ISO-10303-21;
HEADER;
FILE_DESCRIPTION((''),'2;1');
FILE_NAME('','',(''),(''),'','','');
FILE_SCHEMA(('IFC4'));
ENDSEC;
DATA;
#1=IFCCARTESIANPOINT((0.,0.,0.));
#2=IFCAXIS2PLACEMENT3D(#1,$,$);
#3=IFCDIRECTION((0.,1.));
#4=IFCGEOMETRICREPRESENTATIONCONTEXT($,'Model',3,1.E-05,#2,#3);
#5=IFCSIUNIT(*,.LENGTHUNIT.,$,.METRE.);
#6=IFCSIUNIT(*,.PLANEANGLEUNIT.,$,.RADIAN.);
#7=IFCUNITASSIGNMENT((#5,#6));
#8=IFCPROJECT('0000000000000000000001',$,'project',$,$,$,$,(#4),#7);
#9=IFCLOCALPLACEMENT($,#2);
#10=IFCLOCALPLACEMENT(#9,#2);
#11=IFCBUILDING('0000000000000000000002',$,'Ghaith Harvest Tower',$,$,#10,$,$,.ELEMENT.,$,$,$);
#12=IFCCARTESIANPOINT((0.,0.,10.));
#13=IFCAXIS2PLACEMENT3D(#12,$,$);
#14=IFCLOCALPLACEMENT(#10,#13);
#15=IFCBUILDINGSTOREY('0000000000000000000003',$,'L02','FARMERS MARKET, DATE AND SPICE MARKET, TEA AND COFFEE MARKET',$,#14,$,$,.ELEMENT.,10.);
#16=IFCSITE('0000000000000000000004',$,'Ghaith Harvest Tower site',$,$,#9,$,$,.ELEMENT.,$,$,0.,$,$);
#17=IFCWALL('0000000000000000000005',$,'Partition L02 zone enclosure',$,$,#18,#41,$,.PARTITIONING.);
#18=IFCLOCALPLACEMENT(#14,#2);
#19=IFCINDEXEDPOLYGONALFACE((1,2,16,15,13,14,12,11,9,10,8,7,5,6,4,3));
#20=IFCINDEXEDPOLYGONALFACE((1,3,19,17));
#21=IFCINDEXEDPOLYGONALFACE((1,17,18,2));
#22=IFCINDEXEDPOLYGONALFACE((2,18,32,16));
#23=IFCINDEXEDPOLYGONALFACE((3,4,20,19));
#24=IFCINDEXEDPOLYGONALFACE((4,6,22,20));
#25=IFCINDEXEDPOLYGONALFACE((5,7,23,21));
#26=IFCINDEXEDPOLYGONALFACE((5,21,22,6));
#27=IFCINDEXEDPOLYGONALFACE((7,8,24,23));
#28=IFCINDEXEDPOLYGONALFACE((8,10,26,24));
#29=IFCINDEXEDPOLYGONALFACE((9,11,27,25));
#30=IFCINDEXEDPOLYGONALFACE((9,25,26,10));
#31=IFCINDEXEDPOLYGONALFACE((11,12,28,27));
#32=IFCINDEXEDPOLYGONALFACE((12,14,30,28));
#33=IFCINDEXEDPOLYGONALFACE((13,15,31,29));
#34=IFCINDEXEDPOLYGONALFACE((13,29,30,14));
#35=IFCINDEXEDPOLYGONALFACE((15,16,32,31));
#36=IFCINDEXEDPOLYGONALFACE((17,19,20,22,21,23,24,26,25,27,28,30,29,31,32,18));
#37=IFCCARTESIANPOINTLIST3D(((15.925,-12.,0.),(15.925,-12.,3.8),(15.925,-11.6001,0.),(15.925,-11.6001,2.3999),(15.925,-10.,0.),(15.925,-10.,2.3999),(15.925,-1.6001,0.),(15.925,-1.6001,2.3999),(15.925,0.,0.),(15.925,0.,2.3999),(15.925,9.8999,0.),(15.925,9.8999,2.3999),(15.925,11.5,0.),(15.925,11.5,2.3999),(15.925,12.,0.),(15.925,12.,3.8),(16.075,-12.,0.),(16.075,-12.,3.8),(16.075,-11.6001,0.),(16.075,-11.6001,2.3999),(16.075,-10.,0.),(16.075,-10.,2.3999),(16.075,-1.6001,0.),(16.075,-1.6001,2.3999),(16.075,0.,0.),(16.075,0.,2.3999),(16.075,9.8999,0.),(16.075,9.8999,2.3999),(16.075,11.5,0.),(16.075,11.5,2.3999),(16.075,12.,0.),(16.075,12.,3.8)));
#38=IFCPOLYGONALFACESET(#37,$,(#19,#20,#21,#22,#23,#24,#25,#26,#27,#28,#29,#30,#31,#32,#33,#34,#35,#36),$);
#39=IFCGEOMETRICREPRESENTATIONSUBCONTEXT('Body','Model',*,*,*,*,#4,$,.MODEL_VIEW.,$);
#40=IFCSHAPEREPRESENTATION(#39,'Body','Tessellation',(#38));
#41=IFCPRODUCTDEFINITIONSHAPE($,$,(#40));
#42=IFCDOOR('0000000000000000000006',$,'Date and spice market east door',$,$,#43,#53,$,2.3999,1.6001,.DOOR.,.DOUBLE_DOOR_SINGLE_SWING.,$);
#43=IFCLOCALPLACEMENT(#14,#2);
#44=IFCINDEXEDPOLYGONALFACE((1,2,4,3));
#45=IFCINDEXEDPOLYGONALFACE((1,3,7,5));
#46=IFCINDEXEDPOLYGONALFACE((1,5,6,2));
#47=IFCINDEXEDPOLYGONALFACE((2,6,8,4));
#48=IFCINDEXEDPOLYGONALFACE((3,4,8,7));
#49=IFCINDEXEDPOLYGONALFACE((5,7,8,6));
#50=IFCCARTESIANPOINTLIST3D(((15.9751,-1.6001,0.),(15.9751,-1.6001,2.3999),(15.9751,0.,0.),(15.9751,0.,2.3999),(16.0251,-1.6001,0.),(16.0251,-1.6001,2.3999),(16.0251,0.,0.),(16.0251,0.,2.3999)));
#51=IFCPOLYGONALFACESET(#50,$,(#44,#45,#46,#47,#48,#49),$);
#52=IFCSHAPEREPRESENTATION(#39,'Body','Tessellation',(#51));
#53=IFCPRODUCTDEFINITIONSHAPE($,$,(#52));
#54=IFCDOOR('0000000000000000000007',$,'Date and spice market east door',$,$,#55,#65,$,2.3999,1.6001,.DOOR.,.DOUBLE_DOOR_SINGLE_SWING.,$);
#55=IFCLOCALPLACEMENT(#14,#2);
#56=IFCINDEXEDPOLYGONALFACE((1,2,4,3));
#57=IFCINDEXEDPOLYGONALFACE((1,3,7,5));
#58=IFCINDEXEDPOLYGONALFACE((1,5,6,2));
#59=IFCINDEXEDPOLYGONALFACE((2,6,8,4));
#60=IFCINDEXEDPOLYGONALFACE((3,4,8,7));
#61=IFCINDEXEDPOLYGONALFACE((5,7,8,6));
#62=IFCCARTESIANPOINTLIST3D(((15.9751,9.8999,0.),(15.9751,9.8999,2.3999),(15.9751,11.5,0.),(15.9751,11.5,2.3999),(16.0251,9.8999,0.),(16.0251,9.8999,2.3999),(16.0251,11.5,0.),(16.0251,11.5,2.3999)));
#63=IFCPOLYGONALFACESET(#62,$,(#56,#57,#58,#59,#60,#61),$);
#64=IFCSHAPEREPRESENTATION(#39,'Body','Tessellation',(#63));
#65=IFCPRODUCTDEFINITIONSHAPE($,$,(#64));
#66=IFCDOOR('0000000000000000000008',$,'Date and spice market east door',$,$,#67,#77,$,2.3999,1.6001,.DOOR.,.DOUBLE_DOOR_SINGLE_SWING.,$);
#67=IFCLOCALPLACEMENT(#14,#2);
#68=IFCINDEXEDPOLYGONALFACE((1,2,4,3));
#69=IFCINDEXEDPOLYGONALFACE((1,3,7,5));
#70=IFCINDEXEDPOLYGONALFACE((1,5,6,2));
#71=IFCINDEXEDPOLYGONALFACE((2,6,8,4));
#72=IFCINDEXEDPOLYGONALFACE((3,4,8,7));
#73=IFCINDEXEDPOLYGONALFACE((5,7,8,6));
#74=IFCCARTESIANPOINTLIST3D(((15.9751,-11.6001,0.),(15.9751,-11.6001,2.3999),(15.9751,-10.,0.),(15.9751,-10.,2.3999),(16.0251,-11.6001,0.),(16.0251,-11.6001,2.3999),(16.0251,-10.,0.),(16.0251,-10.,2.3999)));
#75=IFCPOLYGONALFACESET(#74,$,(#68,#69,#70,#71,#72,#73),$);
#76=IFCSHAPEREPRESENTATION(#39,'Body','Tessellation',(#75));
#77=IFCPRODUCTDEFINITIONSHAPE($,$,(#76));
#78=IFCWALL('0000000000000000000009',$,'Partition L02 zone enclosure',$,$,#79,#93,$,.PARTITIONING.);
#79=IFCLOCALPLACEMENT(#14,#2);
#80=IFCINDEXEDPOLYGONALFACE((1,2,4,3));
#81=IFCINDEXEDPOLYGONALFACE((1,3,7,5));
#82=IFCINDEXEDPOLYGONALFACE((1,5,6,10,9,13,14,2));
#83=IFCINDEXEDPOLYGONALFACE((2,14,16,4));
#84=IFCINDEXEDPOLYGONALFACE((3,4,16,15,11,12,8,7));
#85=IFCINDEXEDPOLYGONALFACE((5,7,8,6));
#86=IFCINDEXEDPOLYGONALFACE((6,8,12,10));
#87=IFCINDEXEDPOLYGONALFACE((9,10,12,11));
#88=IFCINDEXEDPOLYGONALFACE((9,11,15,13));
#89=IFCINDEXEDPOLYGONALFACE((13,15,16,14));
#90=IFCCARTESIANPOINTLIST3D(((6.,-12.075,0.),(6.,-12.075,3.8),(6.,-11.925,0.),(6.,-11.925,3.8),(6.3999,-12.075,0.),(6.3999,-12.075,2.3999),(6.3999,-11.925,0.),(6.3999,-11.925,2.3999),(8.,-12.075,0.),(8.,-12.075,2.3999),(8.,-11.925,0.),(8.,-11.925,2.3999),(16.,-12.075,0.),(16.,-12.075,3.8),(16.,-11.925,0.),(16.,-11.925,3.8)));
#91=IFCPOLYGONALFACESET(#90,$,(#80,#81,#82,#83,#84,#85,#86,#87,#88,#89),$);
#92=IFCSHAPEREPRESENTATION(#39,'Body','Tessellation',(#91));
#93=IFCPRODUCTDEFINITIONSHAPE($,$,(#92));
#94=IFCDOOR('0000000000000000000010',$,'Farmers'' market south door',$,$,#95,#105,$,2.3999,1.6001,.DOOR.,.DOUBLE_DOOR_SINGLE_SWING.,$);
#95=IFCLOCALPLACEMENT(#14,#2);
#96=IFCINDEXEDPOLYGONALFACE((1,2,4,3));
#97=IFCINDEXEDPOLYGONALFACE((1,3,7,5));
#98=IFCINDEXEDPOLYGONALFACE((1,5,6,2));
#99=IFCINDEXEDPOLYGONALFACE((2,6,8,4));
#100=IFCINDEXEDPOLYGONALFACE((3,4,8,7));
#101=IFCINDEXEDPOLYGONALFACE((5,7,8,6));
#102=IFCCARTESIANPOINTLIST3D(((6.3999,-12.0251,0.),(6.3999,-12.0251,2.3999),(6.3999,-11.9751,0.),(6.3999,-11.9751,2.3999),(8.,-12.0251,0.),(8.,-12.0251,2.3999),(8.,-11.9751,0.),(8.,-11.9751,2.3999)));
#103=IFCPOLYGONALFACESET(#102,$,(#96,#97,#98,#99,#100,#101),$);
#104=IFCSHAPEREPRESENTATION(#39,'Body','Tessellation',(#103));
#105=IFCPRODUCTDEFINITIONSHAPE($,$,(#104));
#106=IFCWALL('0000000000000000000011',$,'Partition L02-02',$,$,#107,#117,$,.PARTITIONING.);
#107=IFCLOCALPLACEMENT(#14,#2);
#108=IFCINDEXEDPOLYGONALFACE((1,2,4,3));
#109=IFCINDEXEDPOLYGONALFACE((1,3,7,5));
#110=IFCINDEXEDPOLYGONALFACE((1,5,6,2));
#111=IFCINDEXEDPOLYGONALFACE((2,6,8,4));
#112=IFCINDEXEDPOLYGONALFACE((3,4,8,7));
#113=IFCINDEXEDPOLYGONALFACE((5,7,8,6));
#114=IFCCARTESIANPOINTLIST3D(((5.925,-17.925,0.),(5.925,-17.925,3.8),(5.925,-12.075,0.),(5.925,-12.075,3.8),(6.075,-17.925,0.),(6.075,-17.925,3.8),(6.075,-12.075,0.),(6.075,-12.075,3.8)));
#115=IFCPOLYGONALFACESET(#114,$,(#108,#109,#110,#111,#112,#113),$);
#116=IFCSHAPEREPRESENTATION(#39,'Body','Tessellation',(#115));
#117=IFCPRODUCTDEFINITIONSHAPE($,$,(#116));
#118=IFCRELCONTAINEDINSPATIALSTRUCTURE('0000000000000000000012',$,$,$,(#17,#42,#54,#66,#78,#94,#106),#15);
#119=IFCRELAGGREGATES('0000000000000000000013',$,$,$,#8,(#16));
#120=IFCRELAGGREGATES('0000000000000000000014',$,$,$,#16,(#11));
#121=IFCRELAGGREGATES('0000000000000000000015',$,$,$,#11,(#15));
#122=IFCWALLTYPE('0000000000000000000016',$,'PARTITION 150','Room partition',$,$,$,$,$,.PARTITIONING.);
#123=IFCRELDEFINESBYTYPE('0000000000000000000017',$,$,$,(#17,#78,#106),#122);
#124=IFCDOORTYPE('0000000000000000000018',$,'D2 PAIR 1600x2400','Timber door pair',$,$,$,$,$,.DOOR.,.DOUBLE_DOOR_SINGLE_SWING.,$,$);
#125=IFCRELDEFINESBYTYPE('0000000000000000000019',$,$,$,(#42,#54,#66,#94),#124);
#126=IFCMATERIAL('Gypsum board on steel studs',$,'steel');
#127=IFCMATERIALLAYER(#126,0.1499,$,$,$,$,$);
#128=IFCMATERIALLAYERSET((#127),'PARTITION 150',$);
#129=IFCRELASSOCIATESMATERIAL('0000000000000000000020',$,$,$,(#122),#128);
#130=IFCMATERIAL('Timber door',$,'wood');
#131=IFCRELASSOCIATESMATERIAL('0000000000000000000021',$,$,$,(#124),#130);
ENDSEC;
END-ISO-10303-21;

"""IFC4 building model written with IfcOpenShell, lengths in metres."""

from ifc_helpers import new_model, si_unit, direction, frame, frame_2d, origin, place, context, subcontext, project, spatial, rectangle, extrude, material, layer, layer_set, type_object, element, fill, save


model = new_model("IFC4")

# Units and contexts
model_context = context("Model", 3, precision=1e-05, world=origin(), true_north=direction((0.0, 1.0)))
body_context = subcontext(model_context, "Body", "Model", "MODEL_VIEW")
ifc_project = project(units=[si_unit("LENGTHUNIT", "METRE"), si_unit("PLANEANGLEUNIT", "RADIAN")], contexts=[model_context])

# Site, building, storey
site_placement = place(None, origin())
site = spatial("IfcSite", under=ifc_project, at=site_placement, Name="Ghaith Harvest Tower site", CompositionType="ELEMENT", RefElevation=0.0)
building_placement = place(site_placement, origin())
building = spatial("IfcBuilding", under=site, at=building_placement, Name="Ghaith Harvest Tower", CompositionType="ELEMENT")
storey_placement = place(building_placement, frame((0.0, 0.0, 10.0)))
storey = spatial("IfcBuildingStorey", under=building, at=storey_placement, Name="L02", Description="FARMERS MARKET, DATE AND SPICE MARKET, TEA AND COFFEE MARKET", CompositionType="ELEMENT", Elevation=10.0)

# Wall, openings, doors
ifc_material_1 = material(Name="Gypsum board on steel studs", Category="steel")
ifc_layer = layer(ifc_material_1, 0.1499)
ifc_layer_set = layer_set([ifc_layer], Name="PARTITION 150")
wall_type = type_object("IfcWallType", Name="PARTITION 150", Description="Room partition", PredefinedType="PARTITIONING", material=ifc_layer_set)
wall_1_placement = place(storey_placement, frame((16.0, -12.0, 0.0), z_axis=(0.0, 0.0, 1.0), x_axis=(0.0, 1.0, 0.0)))
wall_1 = element("IfcWall", 1, at=wall_1_placement, inside=storey, type_object=wall_type, Name="Partition L02 zone enclosure", PredefinedType="PARTITIONING", context=body_context, shape_type="SweptSolid", body=[
    extrude(rectangle(XDim=24.0, YDim=0.1499, at=frame_2d((12.0, 0.0))), origin(), (0.0, 0.0, 1.0), 3.8),
])
opening_1_placement = place(wall_1_placement, frame((10.3999, 0.0, 0.0)))
opening_1 = element("IfcOpeningElement", 2, at=opening_1_placement, cuts=wall_1, PredefinedType="OPENING", context=body_context, shape_type="SweptSolid", body=[
    extrude(rectangle(XDim=1.6001, YDim=2.3999, at=frame_2d((0.8, 1.2))), frame((0.0, 0.085, 0.0), z_axis=(0.0, -1.0, 0.0), x_axis=(1.0, 0.0, 0.0)), (0.0, 0.0, 1.0), 0.1699),
])
opening_2_placement = place(wall_1_placement, frame((21.8999, 0.0, 0.0)))
opening_2 = element("IfcOpeningElement", 3, at=opening_2_placement, cuts=wall_1, PredefinedType="OPENING", context=body_context, shape_type="SweptSolid", body=[
    extrude(rectangle(XDim=1.6001, YDim=2.3999, at=frame_2d((0.8, 1.2))), frame((0.0, 0.085, 0.0), z_axis=(0.0, -1.0, 0.0), x_axis=(1.0, 0.0, 0.0)), (0.0, 0.0, 1.0), 0.1699),
])
opening_3_placement = place(wall_1_placement, frame((0.3999, 0.0, 0.0)))
opening_3 = element("IfcOpeningElement", 4, at=opening_3_placement, cuts=wall_1, PredefinedType="OPENING", context=body_context, shape_type="SweptSolid", body=[
    extrude(rectangle(XDim=1.6001, YDim=2.3999, at=frame_2d((0.8, 1.2))), frame((0.0, 0.085, 0.0), z_axis=(0.0, -1.0, 0.0), x_axis=(1.0, 0.0, 0.0)), (0.0, 0.0, 1.0), 0.1699),
])
ifc_material_2 = material(Name="Timber door", Category="wood")
door_type = type_object("IfcDoorType", Name="D2 PAIR 1600x2400", Description="Timber door pair", OperationType="DOUBLE_DOOR_SINGLE_SWING", PredefinedType="DOOR", material=ifc_material_2)
door_1_placement = place(opening_1_placement, origin())
door_1 = element("IfcDoor", 5, at=door_1_placement, inside=storey, type_object=door_type, Name="Date and spice market east door", OperationType="DOUBLE_DOOR_SINGLE_SWING", OverallHeight=2.3999, OverallWidth=1.6001, PredefinedType="DOOR", context=body_context, shape_type="SweptSolid", body=[
    extrude(rectangle(XDim=1.6001, YDim=2.3999, at=frame_2d((0.8, 1.2))), frame((0.0, 0.0249, 0.0), z_axis=(0.0, -1.0, 0.0), x_axis=(1.0, 0.0, 0.0)), (0.0, 0.0, 1.0), 0.05),
])
fill(opening_1, door_1)
door_2_placement = place(opening_2_placement, origin())
door_2 = element("IfcDoor", 6, at=door_2_placement, inside=storey, type_object=door_type, Name="Date and spice market east door", OperationType="DOUBLE_DOOR_SINGLE_SWING", OverallHeight=2.3999, OverallWidth=1.6001, PredefinedType="DOOR", context=body_context, shape_type="SweptSolid", body=[
    extrude(rectangle(XDim=1.6001, YDim=2.3999, at=frame_2d((0.8, 1.2))), frame((0.0, 0.0249, 0.0), z_axis=(0.0, -1.0, 0.0), x_axis=(1.0, 0.0, 0.0)), (0.0, 0.0, 1.0), 0.05),
])
fill(opening_2, door_2)
door_3_placement = place(opening_3_placement, origin())
door_3 = element("IfcDoor", 7, at=door_3_placement, inside=storey, type_object=door_type, Name="Date and spice market east door", OperationType="DOUBLE_DOOR_SINGLE_SWING", OverallHeight=2.3999, OverallWidth=1.6001, PredefinedType="DOOR", context=body_context, shape_type="SweptSolid", body=[
    extrude(rectangle(XDim=1.6001, YDim=2.3999, at=frame_2d((0.8, 1.2))), frame((0.0, 0.0249, 0.0), z_axis=(0.0, -1.0, 0.0), x_axis=(1.0, 0.0, 0.0)), (0.0, 0.0, 1.0), 0.05),
])
fill(opening_3, door_3)

# Wall, opening, door
wall_2_placement = place(storey_placement, frame((6.0, -12.0, 0.0), z_axis=(0.0, 0.0, 1.0), x_axis=(1.0, 0.0, 0.0)))
wall_2 = element("IfcWall", 8, at=wall_2_placement, inside=storey, type_object=wall_type, Name="Partition L02 zone enclosure", PredefinedType="PARTITIONING", context=body_context, shape_type="SweptSolid", body=[
    extrude(rectangle(XDim=10.0, YDim=0.1499, at=frame_2d((5.0, 0.0))), origin(), (0.0, 0.0, 1.0), 3.8),
])
opening_4_placement = place(wall_2_placement, frame((0.3999, 0.0, 0.0)))
opening_4 = element("IfcOpeningElement", 9, at=opening_4_placement, cuts=wall_2, PredefinedType="OPENING", context=body_context, shape_type="SweptSolid", body=[
    extrude(rectangle(XDim=1.6001, YDim=2.3999, at=frame_2d((0.8, 1.2))), frame((0.0, 0.085, 0.0), z_axis=(0.0, -1.0, 0.0), x_axis=(1.0, 0.0, 0.0)), (0.0, 0.0, 1.0), 0.1699),
])
door_4_placement = place(opening_4_placement, origin())
door_4 = element("IfcDoor", 10, at=door_4_placement, inside=storey, type_object=door_type, Name="Farmers' market south door", OperationType="DOUBLE_DOOR_SINGLE_SWING", OverallHeight=2.3999, OverallWidth=1.6001, PredefinedType="DOOR", context=body_context, shape_type="SweptSolid", body=[
    extrude(rectangle(XDim=1.6001, YDim=2.3999, at=frame_2d((0.8, 1.2))), frame((0.0, 0.0249, 0.0), z_axis=(0.0, -1.0, 0.0), x_axis=(1.0, 0.0, 0.0)), (0.0, 0.0, 1.0), 0.05),
])
fill(opening_4, door_4)

# Wall
wall_3_placement = place(storey_placement, frame((6.0, -17.925, 0.0), z_axis=(0.0, 0.0, 1.0), x_axis=(0.0, 1.0, 0.0)))
element("IfcWall", 11, at=wall_3_placement, inside=storey, type_object=wall_type, Name="Partition L02-02", PredefinedType="PARTITIONING", context=body_context, shape_type="SweptSolid", body=[
    extrude(rectangle(XDim=5.8501, YDim=0.1499, at=frame_2d((2.925, 0.0))), origin(), (0.0, 0.0, 1.0), 3.8),
])

save(model, "model.ifc")
